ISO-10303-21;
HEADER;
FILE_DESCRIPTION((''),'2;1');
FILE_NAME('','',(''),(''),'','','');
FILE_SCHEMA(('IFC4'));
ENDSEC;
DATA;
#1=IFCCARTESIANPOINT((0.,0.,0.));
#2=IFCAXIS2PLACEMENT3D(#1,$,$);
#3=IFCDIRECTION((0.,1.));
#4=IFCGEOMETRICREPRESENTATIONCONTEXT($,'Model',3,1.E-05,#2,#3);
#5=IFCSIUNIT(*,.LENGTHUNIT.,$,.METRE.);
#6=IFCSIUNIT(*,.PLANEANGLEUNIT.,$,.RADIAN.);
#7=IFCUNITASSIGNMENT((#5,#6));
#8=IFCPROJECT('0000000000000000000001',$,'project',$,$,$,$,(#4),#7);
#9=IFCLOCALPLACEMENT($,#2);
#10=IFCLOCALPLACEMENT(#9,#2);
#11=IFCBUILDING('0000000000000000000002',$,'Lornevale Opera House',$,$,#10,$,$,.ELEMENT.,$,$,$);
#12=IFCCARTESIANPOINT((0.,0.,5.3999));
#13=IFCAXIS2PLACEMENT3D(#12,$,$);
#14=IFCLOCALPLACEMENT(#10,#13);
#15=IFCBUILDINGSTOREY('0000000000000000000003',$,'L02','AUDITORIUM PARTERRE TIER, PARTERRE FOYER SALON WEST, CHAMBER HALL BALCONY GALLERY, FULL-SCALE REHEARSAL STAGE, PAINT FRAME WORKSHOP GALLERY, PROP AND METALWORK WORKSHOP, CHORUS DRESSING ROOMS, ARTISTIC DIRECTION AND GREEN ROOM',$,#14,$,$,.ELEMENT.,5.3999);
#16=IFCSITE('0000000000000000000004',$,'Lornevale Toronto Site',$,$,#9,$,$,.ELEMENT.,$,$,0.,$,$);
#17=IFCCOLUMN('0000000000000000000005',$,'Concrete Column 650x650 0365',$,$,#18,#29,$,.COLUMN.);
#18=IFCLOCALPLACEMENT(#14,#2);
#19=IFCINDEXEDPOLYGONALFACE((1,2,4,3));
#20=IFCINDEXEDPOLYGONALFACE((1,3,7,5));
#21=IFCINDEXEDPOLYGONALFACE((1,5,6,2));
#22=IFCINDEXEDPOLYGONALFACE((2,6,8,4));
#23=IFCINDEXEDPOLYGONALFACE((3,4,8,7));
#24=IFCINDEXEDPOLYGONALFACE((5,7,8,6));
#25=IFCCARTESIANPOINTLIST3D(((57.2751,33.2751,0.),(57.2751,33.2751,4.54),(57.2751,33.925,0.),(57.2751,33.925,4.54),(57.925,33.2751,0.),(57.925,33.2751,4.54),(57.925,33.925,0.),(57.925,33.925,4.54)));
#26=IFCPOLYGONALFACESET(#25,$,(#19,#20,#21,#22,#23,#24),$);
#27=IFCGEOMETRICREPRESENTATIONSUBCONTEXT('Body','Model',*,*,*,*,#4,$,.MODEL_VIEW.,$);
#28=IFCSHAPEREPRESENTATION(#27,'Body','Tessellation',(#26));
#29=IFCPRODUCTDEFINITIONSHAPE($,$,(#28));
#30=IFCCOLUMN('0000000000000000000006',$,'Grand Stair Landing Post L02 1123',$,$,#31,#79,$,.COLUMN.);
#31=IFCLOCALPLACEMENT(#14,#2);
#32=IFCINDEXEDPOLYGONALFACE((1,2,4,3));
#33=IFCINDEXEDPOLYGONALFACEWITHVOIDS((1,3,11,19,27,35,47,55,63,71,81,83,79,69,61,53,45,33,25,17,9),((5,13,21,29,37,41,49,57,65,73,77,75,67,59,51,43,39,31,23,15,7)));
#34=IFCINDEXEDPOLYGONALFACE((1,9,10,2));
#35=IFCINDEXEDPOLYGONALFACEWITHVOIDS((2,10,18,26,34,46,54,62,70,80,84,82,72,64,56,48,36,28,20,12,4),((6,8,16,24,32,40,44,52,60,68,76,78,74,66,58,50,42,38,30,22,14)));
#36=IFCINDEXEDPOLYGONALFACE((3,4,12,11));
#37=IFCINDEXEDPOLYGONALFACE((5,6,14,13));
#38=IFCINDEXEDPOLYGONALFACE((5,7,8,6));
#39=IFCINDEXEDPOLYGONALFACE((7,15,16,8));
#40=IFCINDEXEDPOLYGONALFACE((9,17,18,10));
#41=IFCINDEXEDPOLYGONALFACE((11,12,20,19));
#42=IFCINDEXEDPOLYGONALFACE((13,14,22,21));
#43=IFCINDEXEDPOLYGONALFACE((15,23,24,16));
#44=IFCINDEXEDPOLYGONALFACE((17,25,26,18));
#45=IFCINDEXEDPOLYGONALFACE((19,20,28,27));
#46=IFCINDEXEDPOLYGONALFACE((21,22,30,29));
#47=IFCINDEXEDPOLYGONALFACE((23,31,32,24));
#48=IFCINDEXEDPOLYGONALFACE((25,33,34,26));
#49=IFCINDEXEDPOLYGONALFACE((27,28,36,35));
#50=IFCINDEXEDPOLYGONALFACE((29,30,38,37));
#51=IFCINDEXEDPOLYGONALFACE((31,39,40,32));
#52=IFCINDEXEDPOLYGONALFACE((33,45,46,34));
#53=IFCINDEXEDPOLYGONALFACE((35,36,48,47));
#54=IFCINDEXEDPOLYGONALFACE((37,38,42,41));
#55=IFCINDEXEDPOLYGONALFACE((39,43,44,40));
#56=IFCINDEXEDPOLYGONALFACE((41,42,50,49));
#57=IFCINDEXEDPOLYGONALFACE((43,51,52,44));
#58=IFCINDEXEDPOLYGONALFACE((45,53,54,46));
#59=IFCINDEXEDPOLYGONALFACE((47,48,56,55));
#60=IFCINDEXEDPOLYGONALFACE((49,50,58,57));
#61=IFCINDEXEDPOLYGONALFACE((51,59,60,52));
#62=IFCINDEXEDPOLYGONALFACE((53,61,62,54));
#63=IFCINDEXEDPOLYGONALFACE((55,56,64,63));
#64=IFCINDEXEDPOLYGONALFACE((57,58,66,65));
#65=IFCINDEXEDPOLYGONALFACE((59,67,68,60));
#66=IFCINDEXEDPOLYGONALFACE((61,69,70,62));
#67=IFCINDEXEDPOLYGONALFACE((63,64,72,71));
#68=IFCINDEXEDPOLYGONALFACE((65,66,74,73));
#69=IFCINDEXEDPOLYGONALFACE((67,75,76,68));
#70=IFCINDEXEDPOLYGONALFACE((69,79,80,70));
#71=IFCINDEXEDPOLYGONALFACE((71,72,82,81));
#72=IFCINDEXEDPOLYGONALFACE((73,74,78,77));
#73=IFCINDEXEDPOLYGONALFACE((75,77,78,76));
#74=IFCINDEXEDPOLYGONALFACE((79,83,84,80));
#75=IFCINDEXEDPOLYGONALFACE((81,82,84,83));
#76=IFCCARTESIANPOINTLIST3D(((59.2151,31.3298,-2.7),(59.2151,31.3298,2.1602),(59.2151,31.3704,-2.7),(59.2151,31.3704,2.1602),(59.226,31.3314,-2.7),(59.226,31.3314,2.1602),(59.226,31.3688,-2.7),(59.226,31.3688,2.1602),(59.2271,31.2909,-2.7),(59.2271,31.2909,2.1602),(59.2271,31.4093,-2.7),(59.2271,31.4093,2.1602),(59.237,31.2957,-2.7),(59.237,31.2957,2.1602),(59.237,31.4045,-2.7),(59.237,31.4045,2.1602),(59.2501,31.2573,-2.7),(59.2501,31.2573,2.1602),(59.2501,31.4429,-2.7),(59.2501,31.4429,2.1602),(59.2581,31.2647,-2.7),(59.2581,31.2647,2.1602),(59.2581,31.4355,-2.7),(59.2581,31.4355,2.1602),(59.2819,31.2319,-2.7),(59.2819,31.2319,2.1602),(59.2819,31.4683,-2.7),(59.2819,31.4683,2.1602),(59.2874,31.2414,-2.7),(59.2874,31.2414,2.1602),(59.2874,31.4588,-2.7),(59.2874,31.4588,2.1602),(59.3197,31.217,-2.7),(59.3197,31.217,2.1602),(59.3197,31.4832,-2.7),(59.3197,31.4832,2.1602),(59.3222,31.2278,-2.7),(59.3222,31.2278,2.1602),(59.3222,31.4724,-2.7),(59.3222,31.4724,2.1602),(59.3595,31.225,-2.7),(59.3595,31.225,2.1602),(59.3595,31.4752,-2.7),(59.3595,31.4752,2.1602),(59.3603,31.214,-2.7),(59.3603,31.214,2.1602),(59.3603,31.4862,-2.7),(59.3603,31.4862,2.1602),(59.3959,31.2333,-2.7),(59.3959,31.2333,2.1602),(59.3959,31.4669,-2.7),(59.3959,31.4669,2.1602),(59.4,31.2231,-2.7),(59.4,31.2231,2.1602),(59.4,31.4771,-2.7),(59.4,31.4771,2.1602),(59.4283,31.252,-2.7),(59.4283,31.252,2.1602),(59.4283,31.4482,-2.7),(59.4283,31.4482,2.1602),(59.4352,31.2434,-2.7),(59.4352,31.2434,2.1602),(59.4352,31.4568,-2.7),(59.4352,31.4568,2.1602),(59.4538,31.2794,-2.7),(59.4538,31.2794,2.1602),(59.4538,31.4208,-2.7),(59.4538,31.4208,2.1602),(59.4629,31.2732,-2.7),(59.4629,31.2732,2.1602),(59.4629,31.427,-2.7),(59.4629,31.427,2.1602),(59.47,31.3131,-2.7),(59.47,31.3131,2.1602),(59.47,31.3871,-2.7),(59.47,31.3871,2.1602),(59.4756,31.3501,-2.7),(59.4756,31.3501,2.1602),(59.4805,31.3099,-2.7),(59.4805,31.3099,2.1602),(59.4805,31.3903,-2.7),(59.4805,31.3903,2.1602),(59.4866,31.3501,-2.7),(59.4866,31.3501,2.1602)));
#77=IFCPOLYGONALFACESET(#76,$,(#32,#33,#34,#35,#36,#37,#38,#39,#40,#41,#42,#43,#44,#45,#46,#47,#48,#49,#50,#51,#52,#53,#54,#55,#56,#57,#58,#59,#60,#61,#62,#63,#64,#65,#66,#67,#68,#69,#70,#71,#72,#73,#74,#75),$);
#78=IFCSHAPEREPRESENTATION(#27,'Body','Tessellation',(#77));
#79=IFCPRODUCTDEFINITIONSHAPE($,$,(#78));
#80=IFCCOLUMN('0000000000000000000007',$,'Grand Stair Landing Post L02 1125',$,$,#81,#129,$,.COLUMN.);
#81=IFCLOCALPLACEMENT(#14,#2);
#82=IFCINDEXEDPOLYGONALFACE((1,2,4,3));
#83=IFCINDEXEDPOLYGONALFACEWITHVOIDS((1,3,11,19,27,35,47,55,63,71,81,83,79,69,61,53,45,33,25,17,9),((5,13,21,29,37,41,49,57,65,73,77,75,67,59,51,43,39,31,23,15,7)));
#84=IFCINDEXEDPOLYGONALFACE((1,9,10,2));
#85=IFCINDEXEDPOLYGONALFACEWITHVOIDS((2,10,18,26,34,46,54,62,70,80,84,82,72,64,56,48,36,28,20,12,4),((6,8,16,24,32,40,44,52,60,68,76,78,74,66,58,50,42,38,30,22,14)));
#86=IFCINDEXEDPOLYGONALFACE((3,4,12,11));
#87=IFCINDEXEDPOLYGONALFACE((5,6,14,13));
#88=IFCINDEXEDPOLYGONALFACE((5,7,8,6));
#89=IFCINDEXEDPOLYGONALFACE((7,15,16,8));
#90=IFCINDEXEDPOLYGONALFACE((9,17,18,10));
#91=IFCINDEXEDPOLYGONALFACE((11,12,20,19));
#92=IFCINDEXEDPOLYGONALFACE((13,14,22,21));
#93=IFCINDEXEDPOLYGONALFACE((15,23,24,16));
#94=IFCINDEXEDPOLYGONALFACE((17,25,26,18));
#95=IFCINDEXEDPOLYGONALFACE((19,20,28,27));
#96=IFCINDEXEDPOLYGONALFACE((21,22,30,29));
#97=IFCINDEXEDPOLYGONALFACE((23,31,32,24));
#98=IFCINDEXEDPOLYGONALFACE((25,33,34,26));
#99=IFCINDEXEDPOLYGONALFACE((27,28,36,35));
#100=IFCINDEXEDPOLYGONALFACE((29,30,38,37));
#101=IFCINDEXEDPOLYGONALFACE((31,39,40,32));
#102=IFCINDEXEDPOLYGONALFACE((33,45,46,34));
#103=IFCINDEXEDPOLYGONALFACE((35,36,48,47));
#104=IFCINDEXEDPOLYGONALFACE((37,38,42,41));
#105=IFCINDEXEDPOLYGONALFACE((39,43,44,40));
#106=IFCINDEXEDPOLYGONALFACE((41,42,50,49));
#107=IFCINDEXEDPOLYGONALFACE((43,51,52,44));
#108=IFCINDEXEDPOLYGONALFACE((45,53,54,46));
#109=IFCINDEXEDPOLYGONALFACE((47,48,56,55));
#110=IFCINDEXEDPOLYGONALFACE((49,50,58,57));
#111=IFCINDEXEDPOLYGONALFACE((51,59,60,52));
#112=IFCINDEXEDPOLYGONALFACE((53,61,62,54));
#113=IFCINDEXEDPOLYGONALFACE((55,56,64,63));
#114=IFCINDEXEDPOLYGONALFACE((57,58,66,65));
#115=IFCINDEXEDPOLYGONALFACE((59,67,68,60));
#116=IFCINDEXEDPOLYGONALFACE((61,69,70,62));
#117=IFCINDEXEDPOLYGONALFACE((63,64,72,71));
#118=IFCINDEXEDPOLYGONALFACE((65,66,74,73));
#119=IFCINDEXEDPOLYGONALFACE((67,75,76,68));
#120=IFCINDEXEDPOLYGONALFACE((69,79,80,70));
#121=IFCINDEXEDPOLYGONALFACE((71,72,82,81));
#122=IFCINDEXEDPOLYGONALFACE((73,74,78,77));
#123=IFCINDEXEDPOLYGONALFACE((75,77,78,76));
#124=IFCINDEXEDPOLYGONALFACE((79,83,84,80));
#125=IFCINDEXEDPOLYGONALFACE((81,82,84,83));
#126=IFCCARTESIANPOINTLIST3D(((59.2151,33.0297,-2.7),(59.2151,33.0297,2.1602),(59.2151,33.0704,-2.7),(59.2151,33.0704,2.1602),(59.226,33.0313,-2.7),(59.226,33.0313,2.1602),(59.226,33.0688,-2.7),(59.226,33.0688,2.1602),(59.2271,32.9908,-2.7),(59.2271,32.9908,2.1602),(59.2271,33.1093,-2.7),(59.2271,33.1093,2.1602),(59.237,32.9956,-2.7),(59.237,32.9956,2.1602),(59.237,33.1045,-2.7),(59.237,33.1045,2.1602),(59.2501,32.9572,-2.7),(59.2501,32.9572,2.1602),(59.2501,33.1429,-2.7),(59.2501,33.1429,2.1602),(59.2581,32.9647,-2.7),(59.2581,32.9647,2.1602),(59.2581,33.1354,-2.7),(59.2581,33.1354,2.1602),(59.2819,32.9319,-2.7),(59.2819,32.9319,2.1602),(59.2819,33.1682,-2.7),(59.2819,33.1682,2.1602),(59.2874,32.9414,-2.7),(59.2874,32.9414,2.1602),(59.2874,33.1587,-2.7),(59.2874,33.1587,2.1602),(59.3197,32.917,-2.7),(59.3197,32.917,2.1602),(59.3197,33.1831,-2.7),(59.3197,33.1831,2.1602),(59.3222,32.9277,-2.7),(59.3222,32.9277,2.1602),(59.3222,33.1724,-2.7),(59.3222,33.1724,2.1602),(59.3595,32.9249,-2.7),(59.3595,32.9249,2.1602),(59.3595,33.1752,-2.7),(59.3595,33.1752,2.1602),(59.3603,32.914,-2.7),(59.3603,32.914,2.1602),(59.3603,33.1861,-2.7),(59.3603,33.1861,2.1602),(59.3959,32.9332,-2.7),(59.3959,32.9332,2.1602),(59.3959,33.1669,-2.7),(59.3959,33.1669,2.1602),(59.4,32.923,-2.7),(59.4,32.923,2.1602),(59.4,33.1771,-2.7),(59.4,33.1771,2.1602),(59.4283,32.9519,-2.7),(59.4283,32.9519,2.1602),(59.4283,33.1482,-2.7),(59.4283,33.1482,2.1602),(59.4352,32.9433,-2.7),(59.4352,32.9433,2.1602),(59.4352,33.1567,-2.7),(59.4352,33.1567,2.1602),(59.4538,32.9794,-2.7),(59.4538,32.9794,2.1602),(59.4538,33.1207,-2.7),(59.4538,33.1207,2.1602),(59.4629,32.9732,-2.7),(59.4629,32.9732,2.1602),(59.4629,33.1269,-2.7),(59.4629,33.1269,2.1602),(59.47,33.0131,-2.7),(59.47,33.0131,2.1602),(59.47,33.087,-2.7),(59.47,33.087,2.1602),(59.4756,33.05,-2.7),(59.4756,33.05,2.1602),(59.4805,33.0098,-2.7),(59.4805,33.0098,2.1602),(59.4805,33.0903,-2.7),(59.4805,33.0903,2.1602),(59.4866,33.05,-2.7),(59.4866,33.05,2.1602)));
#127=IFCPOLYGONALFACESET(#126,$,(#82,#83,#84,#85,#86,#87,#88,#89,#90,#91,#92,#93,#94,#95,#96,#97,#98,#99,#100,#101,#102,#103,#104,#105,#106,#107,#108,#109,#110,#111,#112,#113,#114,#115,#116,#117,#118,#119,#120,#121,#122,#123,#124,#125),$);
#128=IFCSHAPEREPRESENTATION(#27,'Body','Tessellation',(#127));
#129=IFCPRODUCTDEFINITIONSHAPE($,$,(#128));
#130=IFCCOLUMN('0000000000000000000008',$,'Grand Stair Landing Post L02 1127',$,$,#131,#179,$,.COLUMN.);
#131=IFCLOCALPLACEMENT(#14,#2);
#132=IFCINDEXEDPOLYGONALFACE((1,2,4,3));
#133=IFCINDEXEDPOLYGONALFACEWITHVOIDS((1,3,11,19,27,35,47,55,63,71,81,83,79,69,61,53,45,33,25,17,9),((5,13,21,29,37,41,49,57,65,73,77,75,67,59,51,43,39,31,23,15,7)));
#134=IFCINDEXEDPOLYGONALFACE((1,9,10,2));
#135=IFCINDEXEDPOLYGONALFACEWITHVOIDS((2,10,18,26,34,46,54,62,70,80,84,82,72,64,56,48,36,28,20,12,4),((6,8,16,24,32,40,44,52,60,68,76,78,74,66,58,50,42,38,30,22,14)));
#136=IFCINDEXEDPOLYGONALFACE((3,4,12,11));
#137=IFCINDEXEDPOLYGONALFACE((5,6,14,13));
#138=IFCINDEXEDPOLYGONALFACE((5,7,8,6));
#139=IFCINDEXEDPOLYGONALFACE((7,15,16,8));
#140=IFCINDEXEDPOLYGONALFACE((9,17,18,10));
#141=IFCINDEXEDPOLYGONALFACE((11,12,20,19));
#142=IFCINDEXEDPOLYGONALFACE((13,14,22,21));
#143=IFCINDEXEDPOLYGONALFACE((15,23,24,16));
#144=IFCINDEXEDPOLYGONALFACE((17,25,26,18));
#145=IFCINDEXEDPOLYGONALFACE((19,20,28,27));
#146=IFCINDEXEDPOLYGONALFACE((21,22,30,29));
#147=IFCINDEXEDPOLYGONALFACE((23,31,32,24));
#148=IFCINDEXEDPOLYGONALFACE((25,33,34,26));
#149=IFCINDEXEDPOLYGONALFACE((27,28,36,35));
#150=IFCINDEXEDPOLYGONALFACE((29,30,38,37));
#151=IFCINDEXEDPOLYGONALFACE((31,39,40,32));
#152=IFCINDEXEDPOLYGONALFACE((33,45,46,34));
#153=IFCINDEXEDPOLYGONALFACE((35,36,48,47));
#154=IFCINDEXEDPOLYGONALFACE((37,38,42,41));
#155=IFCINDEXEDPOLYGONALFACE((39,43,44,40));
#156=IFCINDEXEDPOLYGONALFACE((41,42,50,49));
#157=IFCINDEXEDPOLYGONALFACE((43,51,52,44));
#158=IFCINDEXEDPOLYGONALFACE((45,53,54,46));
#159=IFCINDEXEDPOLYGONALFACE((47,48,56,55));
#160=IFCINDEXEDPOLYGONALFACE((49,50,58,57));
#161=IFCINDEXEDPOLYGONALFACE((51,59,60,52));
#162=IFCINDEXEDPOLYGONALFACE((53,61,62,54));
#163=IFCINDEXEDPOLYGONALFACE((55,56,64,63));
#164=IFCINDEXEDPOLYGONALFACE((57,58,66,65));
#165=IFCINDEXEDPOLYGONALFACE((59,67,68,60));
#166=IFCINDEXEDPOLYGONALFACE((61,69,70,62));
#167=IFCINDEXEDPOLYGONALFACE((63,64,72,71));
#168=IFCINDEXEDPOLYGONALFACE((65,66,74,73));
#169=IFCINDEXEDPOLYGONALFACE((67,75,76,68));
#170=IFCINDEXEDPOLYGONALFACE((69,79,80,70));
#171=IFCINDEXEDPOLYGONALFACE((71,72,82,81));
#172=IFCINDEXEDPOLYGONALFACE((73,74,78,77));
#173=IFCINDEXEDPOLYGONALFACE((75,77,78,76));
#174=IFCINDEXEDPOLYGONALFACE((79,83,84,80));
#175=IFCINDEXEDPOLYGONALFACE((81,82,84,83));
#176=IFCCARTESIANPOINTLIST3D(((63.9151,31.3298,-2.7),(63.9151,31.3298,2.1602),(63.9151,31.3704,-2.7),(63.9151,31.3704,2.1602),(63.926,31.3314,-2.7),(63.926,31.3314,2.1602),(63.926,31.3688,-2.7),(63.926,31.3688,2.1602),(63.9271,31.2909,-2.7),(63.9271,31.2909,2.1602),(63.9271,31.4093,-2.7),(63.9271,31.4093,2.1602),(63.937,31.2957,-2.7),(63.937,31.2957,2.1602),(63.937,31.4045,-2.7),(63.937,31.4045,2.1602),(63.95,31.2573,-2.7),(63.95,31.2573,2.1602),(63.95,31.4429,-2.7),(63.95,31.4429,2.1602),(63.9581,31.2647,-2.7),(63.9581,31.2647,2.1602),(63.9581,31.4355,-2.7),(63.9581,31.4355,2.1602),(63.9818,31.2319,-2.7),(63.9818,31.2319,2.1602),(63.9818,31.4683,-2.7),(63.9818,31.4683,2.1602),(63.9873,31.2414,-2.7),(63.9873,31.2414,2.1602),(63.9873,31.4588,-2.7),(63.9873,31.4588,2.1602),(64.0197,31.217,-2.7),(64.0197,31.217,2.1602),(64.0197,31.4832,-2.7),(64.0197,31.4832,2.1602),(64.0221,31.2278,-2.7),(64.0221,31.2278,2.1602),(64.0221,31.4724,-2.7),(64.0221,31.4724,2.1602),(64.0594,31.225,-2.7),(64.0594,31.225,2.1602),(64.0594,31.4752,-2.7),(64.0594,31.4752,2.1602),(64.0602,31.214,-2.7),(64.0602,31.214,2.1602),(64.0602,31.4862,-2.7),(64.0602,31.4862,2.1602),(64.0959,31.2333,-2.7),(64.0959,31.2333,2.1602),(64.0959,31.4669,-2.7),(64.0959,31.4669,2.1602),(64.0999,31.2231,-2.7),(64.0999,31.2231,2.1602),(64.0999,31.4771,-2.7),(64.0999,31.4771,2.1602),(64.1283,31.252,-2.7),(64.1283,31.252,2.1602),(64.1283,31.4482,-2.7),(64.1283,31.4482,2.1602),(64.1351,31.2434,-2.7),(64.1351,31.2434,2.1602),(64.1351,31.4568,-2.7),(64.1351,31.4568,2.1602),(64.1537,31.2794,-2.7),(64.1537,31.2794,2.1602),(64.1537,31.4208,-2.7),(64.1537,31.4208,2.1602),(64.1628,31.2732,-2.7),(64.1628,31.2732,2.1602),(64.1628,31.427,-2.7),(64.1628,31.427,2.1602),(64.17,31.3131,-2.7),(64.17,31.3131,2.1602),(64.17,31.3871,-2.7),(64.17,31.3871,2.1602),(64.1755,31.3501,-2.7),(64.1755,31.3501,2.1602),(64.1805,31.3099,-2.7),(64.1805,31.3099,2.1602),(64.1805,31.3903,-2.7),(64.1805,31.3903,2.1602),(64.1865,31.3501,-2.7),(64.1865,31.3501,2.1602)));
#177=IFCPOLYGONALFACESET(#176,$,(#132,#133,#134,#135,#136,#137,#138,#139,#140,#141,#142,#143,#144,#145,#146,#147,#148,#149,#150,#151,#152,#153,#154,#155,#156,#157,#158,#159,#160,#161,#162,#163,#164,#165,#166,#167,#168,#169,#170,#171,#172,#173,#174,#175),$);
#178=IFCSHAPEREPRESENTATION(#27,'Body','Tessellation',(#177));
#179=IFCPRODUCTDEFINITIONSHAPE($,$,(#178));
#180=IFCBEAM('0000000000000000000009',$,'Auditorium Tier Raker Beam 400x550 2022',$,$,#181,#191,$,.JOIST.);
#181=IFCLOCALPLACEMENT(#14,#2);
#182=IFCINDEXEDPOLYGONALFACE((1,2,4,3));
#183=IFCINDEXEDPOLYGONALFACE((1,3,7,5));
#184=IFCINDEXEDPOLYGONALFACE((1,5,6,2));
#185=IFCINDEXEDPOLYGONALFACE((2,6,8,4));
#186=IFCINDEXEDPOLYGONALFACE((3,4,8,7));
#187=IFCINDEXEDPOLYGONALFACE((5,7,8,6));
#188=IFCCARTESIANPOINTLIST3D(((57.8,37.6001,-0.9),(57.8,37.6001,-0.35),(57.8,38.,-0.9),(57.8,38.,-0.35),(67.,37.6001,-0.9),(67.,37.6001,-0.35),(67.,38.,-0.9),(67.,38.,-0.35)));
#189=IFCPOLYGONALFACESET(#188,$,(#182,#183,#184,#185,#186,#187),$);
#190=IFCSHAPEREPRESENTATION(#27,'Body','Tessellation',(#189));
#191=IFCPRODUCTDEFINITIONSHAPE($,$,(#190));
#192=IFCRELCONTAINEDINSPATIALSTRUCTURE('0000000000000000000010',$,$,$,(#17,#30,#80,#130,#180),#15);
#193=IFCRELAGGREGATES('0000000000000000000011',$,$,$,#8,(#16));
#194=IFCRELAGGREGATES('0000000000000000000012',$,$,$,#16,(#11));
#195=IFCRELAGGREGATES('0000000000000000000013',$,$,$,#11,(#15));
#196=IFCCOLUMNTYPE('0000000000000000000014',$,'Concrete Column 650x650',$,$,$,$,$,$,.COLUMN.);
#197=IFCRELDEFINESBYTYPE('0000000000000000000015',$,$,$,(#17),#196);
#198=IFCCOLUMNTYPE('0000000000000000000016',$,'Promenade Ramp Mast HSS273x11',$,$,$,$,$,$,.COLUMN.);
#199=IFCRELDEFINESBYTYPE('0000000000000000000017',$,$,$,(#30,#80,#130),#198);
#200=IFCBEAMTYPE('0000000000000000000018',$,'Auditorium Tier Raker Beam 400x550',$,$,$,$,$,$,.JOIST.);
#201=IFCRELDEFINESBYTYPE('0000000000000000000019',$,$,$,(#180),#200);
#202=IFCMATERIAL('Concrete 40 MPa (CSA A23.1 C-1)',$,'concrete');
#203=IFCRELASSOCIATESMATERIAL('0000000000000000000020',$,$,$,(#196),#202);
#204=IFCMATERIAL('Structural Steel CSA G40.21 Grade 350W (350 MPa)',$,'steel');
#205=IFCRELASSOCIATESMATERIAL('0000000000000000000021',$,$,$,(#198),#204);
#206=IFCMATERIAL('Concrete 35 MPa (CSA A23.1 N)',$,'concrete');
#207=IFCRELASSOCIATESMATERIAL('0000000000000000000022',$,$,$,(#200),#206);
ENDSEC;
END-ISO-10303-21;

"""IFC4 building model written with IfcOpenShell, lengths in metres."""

from ifc_helpers import new_model, si_unit, direction, frame, origin, origin_2d, place, context, subcontext, project, spatial, rectangle, hollow_circle, extrude, material, material_profile, profile_set, type_object, element, save


model = new_model("IFC4")

# Units and contexts
model_context = context("Model", 3, precision=1e-05, world=origin(), true_north=direction((0.0, 1.0)))
body_context = subcontext(model_context, "Body", "Model", "MODEL_VIEW")
ifc_project = project(units=[si_unit("LENGTHUNIT", "METRE"), si_unit("PLANEANGLEUNIT", "RADIAN")], contexts=[model_context])

# Site, building, storey
site_placement = place(None, origin())
site = spatial("IfcSite", under=ifc_project, at=site_placement, Name="Lornevale Toronto Site", CompositionType="ELEMENT", RefElevation=0.0)
building_placement = place(site_placement, origin())
building = spatial("IfcBuilding", under=site, at=building_placement, Name="Lornevale Opera House", CompositionType="ELEMENT")
storey_placement = place(building_placement, frame((0.0, 0.0, 5.3999)))
storey = spatial("IfcBuildingStorey", under=building, at=storey_placement, Name="L02", Description="AUDITORIUM PARTERRE TIER, PARTERRE FOYER SALON WEST, CHAMBER HALL BALCONY GALLERY, FULL-SCALE REHEARSAL STAGE, PAINT FRAME WORKSHOP GALLERY, PROP AND METALWORK WORKSHOP, CHORUS DRESSING ROOMS, ARTISTIC DIRECTION AND GREEN ROOM", CompositionType="ELEMENT", Elevation=5.3999)

# Columns
ifc_material_1 = material(Name="Concrete 40 MPa (CSA A23.1 C-1)", Category="concrete")
ifc_material_profile_1 = material_profile(ifc_material_1, rectangle(XDim=0.6499, YDim=0.6499, at=origin_2d()), Name="RC650x650")
ifc_profile_set_1 = profile_set([ifc_material_profile_1], Name="Concrete 40 MPa (CSA A23.1 C-1)")
column_type_1 = type_object("IfcColumnType", Name="Concrete Column 650x650", PredefinedType="COLUMN", material=ifc_profile_set_1)
column_placement = place(storey_placement, frame((57.6001, 33.6001, 0.0), z_axis=(0.0, 0.0, 1.0), x_axis=(1.0, 0.0, 0.0)))
element("IfcColumn", 1, at=column_placement, inside=storey, type_object=column_type_1, Name="Concrete Column 650x650 0365", PredefinedType="COLUMN", context=body_context, shape_type="SweptSolid", body=[
    extrude(rectangle(XDim=0.6499, YDim=0.6499, at=origin_2d()), origin(), (0.0, 0.0, 1.0), 4.54),
])
ifc_material_2 = material(Name="Structural Steel CSA G40.21 Grade 350W (350 MPa)", Category="steel")
ifc_material_profile_2 = material_profile(ifc_material_2, hollow_circle(Radius=0.1365, WallThickness=0.011, at=origin_2d()), Name="HSS273x11")
ifc_profile_set_2 = profile_set([ifc_material_profile_2], Name="Structural Steel CSA G40.21 Grade 350W (350 MPa)")
column_type_2 = type_object("IfcColumnType", Name="Promenade Ramp Mast HSS273x11", PredefinedType="COLUMN", material=ifc_profile_set_2)
for number, where, z_axis, x_axis, name in (
    (2, (59.3501, 31.3501, -2.7), (0.0, 0.0, 1.0), (1.0, 0.0, 0.0), "Grand Stair Landing Post L02 1123"),
    (3, (59.3501, 33.05, -2.7), (0.0, 0.0, 1.0), (1.0, 0.0, 0.0), "Grand Stair Landing Post L02 1125"),
    (4, (64.05, 31.3501, -2.7), (0.0, 0.0, 1.0), (1.0, 0.0, 0.0), "Grand Stair Landing Post L02 1127"),
):
    element("IfcColumn", number, at=place(storey_placement, frame(where, z_axis=z_axis, x_axis=x_axis)), inside=storey, type_object=column_type_2, Name=name, PredefinedType="COLUMN", context=body_context, shape_type="SweptSolid", body=[
        extrude(hollow_circle(Radius=0.1365, WallThickness=0.011, at=origin_2d()), origin(), (0.0, 0.0, 1.0), 4.8601),
    ])

# Beam
ifc_material_3 = material(Name="Concrete 35 MPa (CSA A23.1 N)", Category="concrete")
ifc_material_profile_3 = material_profile(ifc_material_3, rectangle(XDim=0.3999, YDim=0.55, at=origin_2d()), Name="RC400x550")
ifc_profile_set_3 = profile_set([ifc_material_profile_3], Name="Concrete 35 MPa (CSA A23.1 N)")
beam_type_1 = type_object("IfcBeamType", Name="Auditorium Tier Raker Beam 400x550", PredefinedType="JOIST", material=ifc_profile_set_3)
beam_1_placement = place(storey_placement, frame((57.8, 37.8, -0.625), z_axis=(1.0, 0.0, 0.0), x_axis=(0.0, 1.0, 0.0)))
element("IfcBeam", 5, at=beam_1_placement, inside=storey, type_object=beam_type_1, Name="Auditorium Tier Raker Beam 400x550 2022", PredefinedType="JOIST", context=body_context, shape_type="SweptSolid", body=[
    extrude(rectangle(XDim=0.3999, YDim=0.55, at=origin_2d()), origin(), (0.0, 0.0, 1.0), 9.2),
])

save(model, "model.ifc")
